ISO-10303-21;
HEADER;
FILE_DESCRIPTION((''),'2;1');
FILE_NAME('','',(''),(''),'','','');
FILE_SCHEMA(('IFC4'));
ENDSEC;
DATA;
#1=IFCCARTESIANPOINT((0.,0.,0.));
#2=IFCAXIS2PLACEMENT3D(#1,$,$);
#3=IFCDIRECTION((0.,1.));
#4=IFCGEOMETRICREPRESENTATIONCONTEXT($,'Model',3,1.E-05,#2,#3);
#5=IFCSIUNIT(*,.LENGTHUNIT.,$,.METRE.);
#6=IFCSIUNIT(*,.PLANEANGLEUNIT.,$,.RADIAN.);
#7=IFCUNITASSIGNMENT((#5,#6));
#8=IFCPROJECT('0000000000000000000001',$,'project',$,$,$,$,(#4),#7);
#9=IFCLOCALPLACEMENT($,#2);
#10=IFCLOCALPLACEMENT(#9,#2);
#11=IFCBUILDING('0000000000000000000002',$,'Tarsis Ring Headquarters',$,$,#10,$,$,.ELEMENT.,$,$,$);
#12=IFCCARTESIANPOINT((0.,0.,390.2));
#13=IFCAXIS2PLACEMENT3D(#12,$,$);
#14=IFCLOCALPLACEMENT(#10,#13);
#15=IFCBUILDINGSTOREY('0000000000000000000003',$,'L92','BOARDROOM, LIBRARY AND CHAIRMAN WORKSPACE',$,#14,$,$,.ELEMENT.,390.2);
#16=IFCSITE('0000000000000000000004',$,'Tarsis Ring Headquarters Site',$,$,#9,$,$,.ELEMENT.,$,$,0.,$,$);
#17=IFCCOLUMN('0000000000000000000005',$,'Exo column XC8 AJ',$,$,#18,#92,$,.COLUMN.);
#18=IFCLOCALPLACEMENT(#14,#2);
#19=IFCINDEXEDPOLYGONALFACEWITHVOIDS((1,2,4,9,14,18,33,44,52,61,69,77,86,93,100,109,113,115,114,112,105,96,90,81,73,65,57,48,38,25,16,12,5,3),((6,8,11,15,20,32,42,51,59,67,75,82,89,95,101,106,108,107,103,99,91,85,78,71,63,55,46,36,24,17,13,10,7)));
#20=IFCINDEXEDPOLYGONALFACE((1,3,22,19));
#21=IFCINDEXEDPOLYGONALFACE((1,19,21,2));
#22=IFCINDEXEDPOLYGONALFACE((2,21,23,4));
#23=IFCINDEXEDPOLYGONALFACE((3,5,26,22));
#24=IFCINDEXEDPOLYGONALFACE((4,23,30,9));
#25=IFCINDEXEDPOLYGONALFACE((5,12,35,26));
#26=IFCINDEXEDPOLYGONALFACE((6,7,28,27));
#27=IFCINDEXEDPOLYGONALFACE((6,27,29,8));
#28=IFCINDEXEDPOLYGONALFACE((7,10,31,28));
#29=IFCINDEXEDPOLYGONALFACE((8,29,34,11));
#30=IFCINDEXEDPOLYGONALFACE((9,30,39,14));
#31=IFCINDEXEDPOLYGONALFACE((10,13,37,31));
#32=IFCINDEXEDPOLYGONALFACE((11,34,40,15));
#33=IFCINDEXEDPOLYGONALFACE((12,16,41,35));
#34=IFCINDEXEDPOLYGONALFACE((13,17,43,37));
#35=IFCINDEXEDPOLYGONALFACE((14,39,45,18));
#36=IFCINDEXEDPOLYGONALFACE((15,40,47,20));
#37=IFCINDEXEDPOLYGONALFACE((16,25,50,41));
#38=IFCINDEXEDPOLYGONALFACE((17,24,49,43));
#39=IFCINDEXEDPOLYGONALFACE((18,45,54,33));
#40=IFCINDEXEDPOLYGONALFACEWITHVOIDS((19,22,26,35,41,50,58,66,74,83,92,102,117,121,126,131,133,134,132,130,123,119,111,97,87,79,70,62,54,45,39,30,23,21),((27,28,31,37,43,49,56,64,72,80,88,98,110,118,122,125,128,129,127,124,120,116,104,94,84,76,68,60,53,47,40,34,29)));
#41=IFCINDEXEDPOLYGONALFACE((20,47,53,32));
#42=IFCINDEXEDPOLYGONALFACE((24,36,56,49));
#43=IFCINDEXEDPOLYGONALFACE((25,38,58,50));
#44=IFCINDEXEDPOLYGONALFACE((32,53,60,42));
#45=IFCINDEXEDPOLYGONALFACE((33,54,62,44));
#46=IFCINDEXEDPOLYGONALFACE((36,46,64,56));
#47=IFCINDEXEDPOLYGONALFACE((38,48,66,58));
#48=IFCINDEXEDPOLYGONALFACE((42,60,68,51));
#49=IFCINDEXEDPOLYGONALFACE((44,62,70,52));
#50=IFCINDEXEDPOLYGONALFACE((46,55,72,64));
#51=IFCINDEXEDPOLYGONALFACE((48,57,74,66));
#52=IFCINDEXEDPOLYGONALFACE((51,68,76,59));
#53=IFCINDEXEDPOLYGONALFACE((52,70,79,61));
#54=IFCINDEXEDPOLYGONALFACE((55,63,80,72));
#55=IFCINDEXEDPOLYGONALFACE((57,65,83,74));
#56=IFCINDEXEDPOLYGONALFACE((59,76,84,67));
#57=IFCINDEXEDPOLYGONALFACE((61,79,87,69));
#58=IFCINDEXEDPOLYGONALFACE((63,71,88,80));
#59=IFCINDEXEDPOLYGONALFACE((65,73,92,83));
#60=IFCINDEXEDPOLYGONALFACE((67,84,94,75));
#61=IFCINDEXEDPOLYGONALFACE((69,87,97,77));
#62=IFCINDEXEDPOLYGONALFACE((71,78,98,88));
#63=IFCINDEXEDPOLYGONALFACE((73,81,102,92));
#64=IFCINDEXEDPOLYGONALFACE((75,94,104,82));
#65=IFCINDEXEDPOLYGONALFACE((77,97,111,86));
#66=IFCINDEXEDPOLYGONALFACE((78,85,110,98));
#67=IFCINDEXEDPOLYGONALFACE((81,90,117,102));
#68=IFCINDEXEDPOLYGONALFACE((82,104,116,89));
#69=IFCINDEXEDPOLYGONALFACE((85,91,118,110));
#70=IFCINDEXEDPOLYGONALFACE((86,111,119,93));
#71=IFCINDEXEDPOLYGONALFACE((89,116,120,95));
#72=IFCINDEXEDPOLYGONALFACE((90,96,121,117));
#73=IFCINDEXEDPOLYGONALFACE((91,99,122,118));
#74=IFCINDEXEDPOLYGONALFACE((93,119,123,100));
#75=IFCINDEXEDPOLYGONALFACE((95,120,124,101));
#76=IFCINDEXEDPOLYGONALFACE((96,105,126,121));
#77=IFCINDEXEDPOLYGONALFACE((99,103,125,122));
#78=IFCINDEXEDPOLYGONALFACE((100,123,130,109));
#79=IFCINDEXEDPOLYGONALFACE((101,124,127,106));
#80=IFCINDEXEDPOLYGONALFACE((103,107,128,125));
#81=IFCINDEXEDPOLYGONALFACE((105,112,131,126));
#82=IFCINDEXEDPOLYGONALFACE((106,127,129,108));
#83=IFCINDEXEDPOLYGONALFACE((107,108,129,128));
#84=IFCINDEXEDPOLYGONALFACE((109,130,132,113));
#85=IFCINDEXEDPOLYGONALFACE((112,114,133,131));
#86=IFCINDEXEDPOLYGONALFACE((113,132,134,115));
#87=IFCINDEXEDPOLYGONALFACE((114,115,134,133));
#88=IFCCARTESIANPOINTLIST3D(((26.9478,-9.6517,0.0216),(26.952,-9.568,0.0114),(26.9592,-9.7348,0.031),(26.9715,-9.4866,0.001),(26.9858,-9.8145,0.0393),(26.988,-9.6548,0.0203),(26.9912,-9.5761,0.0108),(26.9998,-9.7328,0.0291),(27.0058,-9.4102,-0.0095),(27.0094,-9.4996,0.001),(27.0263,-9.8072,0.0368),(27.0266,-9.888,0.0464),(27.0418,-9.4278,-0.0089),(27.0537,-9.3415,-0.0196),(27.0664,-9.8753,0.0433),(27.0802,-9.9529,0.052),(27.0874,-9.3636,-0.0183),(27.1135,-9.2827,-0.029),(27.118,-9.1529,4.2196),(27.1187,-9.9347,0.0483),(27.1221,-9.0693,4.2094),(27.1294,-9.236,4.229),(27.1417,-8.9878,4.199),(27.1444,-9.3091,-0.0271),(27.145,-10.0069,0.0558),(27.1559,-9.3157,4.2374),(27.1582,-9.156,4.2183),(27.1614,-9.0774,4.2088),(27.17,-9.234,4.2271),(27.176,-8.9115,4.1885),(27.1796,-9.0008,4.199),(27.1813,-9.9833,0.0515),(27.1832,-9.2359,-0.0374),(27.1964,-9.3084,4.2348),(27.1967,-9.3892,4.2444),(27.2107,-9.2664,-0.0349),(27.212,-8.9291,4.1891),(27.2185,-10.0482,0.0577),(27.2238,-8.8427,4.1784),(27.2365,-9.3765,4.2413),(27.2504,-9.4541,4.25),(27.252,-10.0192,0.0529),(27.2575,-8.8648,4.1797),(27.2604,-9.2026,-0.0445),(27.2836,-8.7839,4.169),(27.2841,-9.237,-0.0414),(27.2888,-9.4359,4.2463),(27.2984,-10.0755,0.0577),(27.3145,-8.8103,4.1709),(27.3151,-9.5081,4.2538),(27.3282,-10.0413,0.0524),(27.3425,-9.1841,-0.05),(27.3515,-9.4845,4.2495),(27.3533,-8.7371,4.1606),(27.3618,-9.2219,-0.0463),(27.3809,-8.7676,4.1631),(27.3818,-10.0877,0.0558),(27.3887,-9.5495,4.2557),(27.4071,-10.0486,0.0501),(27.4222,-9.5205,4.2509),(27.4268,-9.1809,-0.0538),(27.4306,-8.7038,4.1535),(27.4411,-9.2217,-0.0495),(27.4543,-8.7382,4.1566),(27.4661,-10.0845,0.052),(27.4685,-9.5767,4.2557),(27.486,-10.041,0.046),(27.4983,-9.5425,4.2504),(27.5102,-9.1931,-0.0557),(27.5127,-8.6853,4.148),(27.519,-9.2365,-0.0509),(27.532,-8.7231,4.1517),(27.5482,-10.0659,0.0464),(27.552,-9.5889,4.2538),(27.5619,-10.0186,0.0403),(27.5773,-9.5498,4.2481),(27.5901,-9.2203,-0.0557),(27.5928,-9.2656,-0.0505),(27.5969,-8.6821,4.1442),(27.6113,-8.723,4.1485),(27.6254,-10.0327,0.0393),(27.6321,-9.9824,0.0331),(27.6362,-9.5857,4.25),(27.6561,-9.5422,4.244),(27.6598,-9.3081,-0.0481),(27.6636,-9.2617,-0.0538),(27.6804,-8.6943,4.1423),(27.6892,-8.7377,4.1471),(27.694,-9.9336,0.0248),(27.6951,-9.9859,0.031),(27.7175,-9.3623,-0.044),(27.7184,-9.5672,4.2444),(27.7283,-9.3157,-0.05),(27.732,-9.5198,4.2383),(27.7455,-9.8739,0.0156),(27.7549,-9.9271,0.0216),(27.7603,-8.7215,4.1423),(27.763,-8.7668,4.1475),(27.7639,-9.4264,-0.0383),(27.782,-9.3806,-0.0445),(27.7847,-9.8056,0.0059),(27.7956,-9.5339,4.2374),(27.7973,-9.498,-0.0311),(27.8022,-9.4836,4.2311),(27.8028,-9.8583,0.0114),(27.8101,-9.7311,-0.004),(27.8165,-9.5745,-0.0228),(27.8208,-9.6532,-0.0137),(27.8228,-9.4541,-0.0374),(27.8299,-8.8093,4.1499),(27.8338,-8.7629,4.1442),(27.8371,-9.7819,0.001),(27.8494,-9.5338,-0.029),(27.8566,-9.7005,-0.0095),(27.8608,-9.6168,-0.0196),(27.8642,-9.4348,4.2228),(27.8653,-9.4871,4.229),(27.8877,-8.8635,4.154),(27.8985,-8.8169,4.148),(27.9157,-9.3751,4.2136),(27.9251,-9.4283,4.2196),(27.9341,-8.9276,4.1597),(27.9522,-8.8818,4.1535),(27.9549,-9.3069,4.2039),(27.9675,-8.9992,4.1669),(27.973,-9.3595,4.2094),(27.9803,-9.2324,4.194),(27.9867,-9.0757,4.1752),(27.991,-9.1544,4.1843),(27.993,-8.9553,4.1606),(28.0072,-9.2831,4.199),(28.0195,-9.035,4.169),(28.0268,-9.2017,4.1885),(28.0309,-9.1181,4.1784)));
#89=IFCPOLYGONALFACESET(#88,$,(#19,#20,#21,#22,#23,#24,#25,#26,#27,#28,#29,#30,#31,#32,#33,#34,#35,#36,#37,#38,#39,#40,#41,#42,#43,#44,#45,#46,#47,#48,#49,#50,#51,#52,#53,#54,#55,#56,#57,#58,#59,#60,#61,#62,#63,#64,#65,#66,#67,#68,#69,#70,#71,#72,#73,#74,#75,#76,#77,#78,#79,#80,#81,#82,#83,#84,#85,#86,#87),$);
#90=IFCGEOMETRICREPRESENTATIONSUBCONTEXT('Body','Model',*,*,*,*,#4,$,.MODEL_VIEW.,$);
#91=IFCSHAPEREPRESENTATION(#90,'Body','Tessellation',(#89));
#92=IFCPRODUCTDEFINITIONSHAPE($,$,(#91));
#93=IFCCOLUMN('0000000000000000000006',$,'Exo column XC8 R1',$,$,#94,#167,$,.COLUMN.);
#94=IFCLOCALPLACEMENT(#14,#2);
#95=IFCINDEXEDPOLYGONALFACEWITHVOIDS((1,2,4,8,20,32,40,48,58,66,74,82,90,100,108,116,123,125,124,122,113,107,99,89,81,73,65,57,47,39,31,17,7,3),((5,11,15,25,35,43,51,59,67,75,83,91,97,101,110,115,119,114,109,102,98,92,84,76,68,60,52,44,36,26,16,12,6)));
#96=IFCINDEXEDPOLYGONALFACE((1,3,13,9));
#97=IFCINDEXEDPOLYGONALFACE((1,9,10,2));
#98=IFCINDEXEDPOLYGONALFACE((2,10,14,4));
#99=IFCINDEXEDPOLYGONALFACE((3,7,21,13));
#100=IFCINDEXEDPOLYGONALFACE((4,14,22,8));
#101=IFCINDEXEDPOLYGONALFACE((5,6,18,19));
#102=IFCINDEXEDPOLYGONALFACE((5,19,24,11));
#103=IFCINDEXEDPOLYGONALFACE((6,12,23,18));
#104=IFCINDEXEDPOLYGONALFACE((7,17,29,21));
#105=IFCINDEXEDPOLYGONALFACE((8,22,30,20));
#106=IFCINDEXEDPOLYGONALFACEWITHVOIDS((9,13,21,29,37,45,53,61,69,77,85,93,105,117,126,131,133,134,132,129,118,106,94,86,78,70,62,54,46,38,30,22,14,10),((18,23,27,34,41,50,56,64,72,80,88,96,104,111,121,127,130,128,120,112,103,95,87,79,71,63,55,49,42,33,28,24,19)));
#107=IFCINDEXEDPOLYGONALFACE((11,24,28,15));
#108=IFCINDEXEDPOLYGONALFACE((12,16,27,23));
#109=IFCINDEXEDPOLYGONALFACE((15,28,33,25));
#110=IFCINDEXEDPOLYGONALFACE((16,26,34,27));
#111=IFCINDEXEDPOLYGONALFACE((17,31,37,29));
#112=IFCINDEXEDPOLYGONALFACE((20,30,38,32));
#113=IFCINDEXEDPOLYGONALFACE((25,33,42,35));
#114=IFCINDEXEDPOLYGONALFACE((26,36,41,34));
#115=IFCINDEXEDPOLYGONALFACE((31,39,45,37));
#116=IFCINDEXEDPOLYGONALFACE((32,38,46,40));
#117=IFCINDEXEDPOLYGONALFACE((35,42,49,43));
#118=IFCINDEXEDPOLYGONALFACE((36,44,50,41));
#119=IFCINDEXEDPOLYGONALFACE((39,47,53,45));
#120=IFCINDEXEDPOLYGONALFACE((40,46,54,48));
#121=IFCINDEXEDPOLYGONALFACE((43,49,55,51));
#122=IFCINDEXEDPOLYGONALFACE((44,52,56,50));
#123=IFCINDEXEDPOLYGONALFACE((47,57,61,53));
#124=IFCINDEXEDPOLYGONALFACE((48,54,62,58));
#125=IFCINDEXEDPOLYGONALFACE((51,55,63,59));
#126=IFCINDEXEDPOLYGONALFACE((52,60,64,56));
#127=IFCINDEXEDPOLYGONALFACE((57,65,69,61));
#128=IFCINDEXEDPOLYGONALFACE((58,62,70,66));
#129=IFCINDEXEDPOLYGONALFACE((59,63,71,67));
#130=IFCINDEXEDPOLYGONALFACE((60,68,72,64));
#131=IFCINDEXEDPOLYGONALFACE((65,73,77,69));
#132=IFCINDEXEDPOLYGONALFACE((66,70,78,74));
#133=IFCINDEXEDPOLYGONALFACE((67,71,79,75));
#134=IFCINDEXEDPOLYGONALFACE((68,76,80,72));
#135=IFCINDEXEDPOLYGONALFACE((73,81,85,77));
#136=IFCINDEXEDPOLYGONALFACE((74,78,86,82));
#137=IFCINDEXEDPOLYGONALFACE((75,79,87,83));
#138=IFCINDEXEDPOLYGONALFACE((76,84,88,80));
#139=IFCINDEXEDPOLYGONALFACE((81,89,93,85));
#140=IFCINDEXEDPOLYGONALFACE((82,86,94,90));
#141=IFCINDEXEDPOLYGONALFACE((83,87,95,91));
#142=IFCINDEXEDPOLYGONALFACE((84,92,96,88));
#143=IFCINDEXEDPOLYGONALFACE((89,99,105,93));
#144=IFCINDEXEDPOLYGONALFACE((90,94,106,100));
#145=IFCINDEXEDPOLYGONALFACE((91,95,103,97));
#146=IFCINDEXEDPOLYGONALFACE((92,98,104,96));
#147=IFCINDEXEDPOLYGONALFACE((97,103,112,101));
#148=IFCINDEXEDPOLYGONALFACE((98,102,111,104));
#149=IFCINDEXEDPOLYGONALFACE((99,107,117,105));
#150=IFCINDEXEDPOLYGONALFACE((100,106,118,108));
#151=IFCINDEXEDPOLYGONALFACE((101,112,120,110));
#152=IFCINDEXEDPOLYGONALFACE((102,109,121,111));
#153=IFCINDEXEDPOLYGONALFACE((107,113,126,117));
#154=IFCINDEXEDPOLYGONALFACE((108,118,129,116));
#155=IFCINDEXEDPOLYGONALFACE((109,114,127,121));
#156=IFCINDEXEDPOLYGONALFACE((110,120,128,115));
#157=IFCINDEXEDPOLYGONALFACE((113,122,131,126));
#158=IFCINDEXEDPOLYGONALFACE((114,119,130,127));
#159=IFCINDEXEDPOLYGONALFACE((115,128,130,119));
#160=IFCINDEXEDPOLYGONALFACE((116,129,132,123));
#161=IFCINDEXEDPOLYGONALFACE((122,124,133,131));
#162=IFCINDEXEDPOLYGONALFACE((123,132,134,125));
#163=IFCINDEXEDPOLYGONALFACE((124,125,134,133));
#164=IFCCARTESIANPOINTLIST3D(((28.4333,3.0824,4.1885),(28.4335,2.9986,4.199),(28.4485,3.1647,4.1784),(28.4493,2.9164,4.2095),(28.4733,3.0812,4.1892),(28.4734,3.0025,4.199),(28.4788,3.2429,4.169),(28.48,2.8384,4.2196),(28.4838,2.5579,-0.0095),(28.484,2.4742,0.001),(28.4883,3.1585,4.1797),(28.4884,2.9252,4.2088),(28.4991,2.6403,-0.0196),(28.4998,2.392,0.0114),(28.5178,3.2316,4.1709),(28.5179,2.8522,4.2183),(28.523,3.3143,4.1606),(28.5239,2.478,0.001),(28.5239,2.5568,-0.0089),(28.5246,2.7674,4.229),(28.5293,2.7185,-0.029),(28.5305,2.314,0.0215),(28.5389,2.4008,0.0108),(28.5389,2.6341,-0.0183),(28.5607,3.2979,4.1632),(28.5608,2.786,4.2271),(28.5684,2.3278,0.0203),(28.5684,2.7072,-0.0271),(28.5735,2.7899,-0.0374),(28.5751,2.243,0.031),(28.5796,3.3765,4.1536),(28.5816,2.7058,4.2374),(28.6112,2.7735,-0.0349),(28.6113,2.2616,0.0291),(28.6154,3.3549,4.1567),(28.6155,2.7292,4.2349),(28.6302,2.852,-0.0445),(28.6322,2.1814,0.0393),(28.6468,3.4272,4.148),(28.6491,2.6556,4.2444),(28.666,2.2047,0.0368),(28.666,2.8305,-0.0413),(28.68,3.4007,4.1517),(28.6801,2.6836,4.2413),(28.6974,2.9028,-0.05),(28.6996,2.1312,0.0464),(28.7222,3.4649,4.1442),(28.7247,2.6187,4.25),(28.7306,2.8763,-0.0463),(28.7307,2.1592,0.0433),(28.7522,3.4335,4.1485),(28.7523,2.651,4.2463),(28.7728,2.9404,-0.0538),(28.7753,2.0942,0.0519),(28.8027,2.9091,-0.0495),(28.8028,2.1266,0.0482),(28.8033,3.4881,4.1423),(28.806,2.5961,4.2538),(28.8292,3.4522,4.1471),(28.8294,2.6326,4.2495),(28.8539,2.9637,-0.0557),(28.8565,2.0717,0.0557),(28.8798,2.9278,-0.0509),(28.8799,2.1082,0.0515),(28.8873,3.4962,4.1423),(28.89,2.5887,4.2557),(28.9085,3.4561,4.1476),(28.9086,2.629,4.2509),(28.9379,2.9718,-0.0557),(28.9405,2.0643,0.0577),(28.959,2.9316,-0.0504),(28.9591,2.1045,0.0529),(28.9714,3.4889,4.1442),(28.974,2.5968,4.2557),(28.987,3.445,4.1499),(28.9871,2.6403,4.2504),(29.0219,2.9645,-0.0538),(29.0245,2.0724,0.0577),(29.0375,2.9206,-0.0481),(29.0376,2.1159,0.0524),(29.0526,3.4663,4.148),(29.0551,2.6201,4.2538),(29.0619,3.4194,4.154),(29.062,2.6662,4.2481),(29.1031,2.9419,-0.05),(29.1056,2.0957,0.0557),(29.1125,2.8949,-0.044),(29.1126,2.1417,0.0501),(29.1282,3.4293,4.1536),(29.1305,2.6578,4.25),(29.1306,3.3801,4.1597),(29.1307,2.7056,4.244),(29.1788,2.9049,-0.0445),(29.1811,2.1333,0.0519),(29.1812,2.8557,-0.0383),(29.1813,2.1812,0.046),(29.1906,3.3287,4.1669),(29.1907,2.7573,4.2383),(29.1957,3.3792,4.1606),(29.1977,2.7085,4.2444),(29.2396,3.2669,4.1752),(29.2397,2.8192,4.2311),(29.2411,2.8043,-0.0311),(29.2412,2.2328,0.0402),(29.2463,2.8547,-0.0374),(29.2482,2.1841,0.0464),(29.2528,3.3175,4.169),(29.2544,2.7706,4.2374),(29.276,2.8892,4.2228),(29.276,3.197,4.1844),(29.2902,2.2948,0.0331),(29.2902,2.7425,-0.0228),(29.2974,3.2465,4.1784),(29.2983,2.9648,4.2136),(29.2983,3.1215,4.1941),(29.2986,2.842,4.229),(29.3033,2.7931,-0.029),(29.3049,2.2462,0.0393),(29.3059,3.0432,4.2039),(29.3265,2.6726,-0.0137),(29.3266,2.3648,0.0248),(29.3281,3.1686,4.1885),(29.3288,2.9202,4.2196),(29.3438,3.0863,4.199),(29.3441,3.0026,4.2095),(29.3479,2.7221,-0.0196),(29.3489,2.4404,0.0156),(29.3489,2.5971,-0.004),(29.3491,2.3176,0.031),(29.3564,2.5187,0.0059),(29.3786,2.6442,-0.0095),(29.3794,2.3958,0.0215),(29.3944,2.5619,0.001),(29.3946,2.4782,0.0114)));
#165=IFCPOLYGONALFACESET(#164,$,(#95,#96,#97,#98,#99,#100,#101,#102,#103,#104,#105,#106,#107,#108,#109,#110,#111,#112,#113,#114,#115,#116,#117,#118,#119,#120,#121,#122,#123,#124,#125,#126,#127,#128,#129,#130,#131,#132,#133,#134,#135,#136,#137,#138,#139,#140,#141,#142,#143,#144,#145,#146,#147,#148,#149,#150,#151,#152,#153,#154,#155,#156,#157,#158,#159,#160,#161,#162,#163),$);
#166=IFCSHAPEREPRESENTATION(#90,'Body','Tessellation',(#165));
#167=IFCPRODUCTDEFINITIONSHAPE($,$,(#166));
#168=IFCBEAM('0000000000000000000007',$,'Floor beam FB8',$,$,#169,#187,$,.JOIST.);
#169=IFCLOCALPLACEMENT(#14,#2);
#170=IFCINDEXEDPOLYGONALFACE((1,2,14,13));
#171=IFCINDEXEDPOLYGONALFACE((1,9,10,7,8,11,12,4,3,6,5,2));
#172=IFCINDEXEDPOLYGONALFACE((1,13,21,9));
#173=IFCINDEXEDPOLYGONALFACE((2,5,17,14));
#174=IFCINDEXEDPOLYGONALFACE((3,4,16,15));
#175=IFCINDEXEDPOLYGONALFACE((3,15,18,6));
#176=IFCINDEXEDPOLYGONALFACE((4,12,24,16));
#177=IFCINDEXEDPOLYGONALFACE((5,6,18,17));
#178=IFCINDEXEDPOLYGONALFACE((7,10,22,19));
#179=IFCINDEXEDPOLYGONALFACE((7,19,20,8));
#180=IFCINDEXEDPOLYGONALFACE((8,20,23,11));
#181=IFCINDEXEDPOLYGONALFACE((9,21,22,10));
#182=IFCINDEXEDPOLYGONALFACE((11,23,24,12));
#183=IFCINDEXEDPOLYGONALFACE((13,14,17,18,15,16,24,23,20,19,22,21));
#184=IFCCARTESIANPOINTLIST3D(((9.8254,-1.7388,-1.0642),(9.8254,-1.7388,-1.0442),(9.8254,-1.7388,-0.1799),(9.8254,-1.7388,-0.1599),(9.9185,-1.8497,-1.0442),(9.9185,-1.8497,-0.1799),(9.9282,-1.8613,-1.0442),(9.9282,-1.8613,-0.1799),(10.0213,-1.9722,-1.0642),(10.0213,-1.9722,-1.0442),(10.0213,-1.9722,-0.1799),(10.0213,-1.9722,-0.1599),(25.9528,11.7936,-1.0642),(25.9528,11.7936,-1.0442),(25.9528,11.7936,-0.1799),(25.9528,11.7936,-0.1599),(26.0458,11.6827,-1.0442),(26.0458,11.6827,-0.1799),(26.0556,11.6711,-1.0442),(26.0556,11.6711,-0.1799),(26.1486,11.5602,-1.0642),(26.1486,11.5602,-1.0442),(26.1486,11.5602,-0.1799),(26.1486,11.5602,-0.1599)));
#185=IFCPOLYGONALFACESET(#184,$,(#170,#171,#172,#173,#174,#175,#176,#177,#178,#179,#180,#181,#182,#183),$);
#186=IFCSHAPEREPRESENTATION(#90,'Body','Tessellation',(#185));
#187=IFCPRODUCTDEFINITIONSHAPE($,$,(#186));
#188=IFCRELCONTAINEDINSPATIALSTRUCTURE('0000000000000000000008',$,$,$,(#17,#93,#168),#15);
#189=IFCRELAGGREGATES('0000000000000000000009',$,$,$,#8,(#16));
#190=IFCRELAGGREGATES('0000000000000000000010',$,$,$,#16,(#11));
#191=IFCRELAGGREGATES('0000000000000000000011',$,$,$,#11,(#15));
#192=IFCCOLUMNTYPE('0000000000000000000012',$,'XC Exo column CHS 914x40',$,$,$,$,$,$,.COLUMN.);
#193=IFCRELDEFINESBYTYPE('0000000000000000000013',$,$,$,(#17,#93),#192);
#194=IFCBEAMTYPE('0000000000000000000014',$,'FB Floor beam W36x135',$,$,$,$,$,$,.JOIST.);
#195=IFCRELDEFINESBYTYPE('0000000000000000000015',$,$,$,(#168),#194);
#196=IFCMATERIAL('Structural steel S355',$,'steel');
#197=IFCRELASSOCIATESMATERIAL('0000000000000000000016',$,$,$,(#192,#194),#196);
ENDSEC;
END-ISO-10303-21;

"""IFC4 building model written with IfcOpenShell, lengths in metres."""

from ifc_helpers import new_model, si_unit, direction, frame, origin, origin_2d, place, context, subcontext, project, spatial, hollow_circle, i_section, extrude, material, material_profile, profile_set, type_object, element, save


model = new_model("IFC4")

# Units and contexts
model_context = context("Model", 3, precision=1e-05, world=origin(), true_north=direction((0.0, 1.0)))
body_context = subcontext(model_context, "Body", "Model", "MODEL_VIEW")
ifc_project = project(units=[si_unit("LENGTHUNIT", "METRE"), si_unit("PLANEANGLEUNIT", "RADIAN")], contexts=[model_context])

# Site, building, storey
site_placement = place(None, origin())
site = spatial("IfcSite", under=ifc_project, at=site_placement, Name="Tarsis Ring Headquarters Site", CompositionType="ELEMENT", RefElevation=0.0)
building_placement = place(site_placement, origin())
building = spatial("IfcBuilding", under=site, at=building_placement, Name="Tarsis Ring Headquarters", CompositionType="ELEMENT")
storey_placement = place(building_placement, frame((0.0, 0.0, 390.2)))
storey = spatial("IfcBuildingStorey", under=building, at=storey_placement, Name="L92", Description="BOARDROOM, LIBRARY AND CHAIRMAN WORKSPACE", CompositionType="ELEMENT", Elevation=390.2)

# Columns
ifc_material_1 = material(Name="Structural steel S355", Category="steel")
ifc_material_profile_1 = material_profile(ifc_material_1, hollow_circle(Radius=0.457, WallThickness=0.04, at=origin_2d()), Name="CHS 914x40")
ifc_profile_set_1 = profile_set([ifc_material_profile_1], Name="Structural steel S355")
column_type = type_object("IfcColumnType", Name="XC Exo column CHS 914x40", PredefinedType="COLUMN", material=ifc_profile_set_1)
for number, where, z_axis, x_axis, name in (
    (1, (27.4043, -9.6343, 0.001), (0.040219, 0.117888, 0.992212), (-0.946436, 0.322891, 0.0), "Exo column XC8 AJ"),
    (2, (28.9392, 2.5181, 0.001), (-0.011945, 0.123948, 0.992217), (-0.995389, -0.095924, 0.0), "Exo column XC8 R1"),
):
    element("IfcColumn", number, at=place(storey_placement, frame(where, z_axis=z_axis, x_axis=x_axis)), inside=storey, type_object=column_type, Name=name, PredefinedType="COLUMN", context=body_context, shape_type="SweptSolid", body=[
        extrude(hollow_circle(Radius=0.4573, WallThickness=0.04, at=origin_2d()), origin(), (0.0, 0.0, 1.0), 4.231),
    ])

# Beam
ifc_material_profile_2 = material_profile(ifc_material_1, i_section(OverallWidth=0.3047, OverallDepth=0.9043, WebThickness=0.0151, FlangeThickness=0.02, at=origin_2d()), Name="W36x135")
ifc_profile_set_2 = profile_set([ifc_material_profile_2], Name="Structural steel S355")
beam_type_1 = type_object("IfcBeamType", Name="FB Floor beam W36x135", PredefinedType="JOIST", material=ifc_profile_set_2)
beam_1_placement = place(storey_placement, frame((9.9233, -1.8555, -0.6121), z_axis=(0.766046, 0.642786, 0.0), x_axis=(-0.642786, 0.766046, 0.0)))
element("IfcBeam", 3, at=beam_1_placement, inside=storey, type_object=beam_type_1, Name="Floor beam FB8", PredefinedType="JOIST", context=body_context, shape_type="SweptSolid", body=[
    extrude(i_section(OverallWidth=0.3047, OverallDepth=0.9043, WebThickness=0.0151, FlangeThickness=0.02, at=origin_2d()), origin(), (0.0, 0.0, 1.0), 21.0527),
])

save(model, "model.ifc")
